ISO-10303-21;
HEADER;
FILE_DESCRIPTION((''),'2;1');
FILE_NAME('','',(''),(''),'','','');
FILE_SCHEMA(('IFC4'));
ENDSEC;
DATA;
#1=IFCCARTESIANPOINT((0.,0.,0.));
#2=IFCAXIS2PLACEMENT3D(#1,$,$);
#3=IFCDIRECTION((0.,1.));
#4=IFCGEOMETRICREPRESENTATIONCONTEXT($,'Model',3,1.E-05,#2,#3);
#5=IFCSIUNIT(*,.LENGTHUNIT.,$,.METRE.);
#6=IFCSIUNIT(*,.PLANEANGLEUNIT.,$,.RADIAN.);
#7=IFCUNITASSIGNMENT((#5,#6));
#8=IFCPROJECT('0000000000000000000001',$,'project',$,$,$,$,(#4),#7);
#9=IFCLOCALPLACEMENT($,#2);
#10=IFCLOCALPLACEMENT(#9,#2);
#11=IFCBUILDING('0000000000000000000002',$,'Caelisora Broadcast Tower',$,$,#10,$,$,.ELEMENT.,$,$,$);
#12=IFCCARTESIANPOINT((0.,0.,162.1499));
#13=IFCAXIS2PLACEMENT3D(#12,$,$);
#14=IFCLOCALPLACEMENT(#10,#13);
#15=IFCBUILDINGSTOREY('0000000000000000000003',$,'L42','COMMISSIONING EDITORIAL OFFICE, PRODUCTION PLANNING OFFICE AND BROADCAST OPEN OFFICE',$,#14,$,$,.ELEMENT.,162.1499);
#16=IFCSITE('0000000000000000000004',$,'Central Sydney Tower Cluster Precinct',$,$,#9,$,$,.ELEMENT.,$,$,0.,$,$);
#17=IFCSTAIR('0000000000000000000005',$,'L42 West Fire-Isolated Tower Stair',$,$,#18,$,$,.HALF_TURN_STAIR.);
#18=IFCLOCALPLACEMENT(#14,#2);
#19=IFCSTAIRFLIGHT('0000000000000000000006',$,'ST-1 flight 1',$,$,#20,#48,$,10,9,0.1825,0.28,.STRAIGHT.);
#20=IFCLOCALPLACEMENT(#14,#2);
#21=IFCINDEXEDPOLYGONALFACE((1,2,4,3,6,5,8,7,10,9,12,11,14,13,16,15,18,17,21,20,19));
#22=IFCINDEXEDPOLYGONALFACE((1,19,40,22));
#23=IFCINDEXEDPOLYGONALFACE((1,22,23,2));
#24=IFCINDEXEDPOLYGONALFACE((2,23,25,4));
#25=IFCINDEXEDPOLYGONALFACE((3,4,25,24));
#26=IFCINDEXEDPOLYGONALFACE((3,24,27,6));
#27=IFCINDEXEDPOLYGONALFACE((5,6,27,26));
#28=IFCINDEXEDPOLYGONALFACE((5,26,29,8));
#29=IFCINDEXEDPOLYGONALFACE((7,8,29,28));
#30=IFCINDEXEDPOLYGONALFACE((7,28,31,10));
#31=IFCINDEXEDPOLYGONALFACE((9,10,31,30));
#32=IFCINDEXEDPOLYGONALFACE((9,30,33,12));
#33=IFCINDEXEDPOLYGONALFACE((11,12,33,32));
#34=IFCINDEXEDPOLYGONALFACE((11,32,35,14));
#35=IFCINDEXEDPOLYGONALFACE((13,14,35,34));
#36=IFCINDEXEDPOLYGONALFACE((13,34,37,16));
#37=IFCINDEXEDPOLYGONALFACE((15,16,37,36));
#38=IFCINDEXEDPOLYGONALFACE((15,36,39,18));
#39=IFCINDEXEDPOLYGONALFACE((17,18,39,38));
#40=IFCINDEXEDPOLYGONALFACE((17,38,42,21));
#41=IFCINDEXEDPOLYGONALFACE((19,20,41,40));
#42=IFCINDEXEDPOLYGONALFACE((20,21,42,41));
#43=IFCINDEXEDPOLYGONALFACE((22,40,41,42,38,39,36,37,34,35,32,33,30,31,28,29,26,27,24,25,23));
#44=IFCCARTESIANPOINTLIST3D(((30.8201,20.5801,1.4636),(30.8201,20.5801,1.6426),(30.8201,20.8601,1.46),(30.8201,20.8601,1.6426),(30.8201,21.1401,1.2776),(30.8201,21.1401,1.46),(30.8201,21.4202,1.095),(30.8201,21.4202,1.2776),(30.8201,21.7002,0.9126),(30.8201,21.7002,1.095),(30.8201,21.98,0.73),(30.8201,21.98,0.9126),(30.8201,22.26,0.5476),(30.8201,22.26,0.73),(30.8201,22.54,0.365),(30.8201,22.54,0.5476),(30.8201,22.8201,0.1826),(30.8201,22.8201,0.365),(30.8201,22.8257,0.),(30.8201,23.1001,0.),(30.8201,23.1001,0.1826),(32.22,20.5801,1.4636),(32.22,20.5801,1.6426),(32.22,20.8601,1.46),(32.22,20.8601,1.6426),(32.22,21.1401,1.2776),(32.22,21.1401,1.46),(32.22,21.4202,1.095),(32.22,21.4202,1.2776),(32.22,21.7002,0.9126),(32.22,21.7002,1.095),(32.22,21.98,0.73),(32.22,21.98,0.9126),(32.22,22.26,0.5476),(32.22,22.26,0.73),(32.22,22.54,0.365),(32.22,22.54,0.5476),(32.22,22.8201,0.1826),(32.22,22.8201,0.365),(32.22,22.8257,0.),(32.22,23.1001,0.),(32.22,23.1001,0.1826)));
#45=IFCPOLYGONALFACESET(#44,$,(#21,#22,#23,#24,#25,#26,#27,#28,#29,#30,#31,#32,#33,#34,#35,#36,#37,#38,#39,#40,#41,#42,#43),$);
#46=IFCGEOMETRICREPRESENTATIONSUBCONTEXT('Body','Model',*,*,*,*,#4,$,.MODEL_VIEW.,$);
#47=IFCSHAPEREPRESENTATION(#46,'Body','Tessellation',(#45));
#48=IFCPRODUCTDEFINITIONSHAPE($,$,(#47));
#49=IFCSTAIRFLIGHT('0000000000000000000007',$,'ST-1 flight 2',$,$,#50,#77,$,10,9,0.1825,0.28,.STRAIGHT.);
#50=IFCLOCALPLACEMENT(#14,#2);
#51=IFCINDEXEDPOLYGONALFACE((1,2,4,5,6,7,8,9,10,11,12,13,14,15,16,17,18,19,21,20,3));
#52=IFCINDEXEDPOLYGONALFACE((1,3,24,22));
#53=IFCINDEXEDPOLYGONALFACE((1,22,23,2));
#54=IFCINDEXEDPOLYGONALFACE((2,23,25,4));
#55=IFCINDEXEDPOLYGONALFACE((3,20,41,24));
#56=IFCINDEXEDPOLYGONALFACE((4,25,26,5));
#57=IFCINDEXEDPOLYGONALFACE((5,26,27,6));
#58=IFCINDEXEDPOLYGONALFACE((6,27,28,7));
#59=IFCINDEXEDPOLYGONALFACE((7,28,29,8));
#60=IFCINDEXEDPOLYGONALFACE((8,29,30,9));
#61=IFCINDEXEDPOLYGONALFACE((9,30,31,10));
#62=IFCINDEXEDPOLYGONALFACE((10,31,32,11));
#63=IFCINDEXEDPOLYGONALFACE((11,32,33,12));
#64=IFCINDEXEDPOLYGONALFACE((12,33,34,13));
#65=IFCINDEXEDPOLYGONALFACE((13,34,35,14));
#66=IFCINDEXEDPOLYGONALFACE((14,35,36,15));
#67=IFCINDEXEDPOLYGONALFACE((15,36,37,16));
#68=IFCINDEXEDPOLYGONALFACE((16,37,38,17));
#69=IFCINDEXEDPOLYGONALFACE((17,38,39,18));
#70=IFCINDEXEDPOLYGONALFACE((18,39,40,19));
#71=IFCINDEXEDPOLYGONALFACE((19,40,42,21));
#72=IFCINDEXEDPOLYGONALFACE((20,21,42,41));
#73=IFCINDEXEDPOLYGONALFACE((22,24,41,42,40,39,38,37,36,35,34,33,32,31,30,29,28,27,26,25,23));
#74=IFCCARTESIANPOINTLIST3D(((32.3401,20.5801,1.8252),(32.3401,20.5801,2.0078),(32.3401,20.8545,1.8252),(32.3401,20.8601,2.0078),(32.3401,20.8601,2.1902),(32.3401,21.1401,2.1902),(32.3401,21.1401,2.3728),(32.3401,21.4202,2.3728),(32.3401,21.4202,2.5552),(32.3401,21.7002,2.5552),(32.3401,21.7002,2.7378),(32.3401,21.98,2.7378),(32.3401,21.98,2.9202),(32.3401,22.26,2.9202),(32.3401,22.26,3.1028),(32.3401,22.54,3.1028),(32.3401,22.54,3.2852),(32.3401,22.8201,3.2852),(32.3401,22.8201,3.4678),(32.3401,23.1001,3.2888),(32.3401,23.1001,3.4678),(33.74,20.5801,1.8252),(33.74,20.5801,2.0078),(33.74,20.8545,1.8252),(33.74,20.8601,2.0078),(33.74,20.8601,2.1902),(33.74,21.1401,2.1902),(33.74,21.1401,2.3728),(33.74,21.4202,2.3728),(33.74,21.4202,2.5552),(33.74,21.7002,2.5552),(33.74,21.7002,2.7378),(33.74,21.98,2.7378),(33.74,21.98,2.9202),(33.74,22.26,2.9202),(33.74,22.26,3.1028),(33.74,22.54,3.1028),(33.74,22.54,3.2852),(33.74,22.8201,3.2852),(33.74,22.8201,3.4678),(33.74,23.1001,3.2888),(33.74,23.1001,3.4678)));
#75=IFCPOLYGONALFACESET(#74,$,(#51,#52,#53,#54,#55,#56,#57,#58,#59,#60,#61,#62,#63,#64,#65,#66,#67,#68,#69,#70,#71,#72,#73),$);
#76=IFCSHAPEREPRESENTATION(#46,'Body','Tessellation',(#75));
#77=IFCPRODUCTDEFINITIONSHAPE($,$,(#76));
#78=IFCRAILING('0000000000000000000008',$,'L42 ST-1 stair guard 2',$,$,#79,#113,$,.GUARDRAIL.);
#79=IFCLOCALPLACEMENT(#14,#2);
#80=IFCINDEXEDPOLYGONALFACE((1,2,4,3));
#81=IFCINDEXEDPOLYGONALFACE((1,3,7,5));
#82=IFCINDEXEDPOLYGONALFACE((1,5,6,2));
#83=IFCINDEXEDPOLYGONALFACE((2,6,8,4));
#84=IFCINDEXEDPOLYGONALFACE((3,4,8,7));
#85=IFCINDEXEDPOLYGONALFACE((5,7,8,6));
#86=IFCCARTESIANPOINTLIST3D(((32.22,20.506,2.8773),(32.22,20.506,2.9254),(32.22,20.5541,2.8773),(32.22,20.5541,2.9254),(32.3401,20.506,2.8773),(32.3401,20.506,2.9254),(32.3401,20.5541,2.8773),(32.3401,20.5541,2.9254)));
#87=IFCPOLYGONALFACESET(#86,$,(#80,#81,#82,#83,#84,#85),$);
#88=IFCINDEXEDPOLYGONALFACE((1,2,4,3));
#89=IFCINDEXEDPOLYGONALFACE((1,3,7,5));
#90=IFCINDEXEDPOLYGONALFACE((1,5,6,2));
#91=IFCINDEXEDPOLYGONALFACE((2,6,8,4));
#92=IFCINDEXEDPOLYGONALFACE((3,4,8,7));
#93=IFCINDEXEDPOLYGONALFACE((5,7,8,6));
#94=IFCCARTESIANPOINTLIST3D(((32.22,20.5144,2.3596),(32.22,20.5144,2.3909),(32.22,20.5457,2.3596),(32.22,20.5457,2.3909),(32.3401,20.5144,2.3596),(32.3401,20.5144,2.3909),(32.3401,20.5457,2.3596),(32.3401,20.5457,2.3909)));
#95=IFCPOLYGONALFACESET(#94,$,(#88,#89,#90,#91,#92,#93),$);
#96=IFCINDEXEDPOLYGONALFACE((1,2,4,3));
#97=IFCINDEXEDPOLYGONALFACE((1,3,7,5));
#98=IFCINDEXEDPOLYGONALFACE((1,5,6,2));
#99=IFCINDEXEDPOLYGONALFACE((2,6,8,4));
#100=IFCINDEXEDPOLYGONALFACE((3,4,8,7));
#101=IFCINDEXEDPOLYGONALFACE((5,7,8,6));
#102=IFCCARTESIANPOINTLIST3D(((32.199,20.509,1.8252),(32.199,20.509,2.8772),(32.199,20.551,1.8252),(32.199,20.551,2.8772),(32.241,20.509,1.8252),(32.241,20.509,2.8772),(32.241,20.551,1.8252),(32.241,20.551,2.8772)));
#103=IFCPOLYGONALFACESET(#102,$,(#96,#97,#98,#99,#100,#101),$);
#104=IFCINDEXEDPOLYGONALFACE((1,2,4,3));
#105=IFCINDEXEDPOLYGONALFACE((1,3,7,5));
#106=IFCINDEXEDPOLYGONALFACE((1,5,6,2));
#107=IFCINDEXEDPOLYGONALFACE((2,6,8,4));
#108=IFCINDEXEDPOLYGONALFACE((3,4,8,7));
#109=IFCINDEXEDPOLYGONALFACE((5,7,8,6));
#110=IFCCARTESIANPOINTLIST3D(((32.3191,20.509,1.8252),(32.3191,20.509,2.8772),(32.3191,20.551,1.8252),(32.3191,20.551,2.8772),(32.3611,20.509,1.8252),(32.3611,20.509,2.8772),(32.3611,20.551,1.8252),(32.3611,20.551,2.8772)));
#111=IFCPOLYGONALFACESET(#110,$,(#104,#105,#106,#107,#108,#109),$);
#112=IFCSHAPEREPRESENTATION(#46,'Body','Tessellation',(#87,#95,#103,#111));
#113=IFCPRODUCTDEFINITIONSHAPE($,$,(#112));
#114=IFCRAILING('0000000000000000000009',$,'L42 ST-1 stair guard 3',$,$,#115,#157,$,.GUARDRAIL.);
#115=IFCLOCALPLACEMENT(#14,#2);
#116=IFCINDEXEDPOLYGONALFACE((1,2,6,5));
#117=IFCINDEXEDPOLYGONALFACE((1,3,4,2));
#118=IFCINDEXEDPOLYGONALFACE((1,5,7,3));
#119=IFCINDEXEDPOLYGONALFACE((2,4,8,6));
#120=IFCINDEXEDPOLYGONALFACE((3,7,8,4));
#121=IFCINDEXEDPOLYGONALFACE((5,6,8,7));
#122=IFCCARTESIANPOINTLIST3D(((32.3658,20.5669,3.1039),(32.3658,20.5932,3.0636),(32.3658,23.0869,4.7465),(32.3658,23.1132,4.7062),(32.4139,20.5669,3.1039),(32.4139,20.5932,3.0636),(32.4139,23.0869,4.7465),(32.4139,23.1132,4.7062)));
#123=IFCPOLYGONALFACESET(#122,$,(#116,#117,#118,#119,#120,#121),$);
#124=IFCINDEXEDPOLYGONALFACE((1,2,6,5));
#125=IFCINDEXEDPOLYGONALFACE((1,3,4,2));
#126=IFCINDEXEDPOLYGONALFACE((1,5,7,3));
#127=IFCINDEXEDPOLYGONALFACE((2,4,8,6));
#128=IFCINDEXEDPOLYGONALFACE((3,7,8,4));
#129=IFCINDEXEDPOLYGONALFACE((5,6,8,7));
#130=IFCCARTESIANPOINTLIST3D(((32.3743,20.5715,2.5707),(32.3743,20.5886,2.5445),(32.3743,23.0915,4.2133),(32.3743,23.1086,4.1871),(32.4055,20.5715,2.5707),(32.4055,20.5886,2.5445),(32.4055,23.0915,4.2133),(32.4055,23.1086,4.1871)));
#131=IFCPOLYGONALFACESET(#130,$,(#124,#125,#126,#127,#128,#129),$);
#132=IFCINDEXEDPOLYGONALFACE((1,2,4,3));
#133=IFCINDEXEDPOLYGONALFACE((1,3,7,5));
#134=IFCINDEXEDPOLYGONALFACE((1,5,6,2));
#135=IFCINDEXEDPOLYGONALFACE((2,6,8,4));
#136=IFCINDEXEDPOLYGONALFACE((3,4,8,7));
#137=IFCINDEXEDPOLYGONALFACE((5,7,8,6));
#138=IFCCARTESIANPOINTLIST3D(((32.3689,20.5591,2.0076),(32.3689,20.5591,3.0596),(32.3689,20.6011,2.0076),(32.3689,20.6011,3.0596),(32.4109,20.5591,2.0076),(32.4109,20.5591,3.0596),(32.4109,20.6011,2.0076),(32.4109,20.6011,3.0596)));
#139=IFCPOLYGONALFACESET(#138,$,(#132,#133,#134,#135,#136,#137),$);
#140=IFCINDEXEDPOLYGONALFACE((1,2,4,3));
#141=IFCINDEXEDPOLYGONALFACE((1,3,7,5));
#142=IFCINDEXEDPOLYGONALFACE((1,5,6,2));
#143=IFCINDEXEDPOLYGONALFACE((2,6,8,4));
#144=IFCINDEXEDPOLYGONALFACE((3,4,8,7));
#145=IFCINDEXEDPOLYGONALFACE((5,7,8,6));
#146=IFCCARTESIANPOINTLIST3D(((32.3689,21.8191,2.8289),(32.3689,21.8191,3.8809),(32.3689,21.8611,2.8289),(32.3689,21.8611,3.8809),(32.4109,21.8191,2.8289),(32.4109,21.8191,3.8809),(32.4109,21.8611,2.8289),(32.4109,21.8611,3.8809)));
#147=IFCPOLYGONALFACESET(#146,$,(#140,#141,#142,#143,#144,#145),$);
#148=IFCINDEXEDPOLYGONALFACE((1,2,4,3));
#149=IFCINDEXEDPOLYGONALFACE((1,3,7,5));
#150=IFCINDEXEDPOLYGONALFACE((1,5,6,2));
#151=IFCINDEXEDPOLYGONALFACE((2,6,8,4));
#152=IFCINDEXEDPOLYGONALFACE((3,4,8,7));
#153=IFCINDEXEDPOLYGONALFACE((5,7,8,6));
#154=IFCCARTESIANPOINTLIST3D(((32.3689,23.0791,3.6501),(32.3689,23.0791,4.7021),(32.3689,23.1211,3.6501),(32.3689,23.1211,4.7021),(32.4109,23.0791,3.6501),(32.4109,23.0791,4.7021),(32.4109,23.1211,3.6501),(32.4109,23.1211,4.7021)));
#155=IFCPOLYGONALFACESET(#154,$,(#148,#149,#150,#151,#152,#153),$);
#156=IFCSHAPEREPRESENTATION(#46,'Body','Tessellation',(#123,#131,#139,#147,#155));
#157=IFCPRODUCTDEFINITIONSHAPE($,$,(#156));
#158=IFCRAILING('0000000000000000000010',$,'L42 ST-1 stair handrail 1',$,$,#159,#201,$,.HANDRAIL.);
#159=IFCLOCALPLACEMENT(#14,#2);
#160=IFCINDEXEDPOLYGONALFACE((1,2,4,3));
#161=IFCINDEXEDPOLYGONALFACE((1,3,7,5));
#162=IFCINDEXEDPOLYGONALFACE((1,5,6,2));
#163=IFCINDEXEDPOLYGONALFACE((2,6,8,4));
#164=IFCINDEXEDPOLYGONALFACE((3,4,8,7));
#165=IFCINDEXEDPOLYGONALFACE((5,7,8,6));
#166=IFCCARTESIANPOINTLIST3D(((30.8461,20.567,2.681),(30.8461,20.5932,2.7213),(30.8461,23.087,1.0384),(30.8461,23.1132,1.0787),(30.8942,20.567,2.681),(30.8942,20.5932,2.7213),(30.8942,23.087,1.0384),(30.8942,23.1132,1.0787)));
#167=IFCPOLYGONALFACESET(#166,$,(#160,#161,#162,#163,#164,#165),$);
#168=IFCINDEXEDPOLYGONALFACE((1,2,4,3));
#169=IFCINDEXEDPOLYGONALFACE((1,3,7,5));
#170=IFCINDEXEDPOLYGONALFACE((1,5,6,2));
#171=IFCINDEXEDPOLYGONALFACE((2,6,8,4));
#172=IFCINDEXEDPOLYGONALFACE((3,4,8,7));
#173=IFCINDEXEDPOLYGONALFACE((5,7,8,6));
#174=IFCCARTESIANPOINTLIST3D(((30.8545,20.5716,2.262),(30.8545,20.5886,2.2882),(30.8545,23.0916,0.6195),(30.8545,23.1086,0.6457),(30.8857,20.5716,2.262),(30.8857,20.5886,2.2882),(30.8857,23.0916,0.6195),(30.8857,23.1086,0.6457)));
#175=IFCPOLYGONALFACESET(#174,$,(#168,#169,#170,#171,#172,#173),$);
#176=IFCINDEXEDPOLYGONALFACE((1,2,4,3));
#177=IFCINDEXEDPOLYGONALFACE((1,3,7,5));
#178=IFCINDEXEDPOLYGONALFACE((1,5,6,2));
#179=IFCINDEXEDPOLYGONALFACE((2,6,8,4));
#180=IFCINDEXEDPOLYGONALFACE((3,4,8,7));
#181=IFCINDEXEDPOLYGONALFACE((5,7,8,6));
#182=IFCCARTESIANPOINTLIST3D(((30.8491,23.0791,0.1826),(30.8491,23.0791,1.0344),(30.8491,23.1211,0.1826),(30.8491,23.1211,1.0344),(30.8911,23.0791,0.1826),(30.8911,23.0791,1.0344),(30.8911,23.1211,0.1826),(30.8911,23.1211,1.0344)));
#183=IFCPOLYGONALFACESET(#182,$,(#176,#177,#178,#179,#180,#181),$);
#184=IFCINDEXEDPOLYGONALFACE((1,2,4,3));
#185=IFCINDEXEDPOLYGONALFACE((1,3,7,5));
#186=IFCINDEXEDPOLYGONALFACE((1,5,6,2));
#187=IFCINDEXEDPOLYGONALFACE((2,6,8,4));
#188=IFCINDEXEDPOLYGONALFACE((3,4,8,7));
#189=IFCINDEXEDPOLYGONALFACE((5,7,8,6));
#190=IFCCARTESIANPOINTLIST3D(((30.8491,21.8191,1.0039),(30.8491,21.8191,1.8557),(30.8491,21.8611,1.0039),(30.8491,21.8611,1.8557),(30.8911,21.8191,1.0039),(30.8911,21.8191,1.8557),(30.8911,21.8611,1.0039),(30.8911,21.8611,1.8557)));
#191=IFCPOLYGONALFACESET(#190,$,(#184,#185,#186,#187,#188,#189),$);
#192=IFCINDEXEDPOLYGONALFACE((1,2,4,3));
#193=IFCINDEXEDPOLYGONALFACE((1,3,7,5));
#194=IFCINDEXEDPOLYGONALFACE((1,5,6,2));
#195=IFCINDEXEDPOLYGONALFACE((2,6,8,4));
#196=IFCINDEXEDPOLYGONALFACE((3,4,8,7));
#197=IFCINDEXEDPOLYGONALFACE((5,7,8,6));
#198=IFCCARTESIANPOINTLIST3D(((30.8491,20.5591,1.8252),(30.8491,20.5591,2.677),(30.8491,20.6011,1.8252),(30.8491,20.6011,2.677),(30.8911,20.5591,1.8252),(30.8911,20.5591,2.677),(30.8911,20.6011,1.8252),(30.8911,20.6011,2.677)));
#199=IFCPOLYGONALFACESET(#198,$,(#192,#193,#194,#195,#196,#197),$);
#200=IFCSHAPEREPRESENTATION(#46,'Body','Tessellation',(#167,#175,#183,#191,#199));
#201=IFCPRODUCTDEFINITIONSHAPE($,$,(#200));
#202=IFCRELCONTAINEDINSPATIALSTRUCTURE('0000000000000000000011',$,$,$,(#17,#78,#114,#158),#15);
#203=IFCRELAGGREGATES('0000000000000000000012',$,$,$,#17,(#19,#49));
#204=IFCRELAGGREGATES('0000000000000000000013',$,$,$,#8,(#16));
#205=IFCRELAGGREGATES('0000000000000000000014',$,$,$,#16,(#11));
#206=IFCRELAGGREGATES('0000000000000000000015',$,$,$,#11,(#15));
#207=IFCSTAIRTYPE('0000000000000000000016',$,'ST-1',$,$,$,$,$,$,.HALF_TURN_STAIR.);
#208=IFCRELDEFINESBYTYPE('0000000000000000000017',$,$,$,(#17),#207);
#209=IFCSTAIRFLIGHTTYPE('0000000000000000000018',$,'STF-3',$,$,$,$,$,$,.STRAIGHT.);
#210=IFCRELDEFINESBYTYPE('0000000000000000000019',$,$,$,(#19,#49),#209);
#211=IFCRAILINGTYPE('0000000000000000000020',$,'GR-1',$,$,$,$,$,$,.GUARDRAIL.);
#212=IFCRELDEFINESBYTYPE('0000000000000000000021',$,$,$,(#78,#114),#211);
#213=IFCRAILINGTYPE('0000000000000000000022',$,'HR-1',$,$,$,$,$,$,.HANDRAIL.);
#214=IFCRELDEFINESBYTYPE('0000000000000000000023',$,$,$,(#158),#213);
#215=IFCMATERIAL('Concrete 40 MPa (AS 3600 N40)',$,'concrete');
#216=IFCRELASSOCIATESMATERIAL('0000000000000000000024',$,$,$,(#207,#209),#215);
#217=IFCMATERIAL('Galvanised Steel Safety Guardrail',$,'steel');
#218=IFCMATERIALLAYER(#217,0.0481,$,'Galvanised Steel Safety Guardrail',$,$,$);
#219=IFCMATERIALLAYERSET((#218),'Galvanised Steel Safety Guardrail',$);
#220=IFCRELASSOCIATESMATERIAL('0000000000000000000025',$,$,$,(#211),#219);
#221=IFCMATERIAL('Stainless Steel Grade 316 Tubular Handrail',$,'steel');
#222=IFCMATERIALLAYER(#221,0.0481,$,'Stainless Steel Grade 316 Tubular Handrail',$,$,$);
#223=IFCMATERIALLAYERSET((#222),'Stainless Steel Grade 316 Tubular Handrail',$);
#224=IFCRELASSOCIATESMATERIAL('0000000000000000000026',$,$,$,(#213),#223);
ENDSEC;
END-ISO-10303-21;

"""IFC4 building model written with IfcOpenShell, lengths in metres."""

from ifc_helpers import new_model, si_unit, direction, frame, origin, origin_2d, place, context, subcontext, project, spatial, polyline, rectangle, outline, extrude, material, layer, layer_set, type_object, element, aggregate, save


model = new_model("IFC4")

# Units and contexts
model_context = context("Model", 3, precision=1e-05, world=origin(), true_north=direction((0.0, 1.0)))
body_context = subcontext(model_context, "Body", "Model", "MODEL_VIEW")
ifc_project = project(units=[si_unit("LENGTHUNIT", "METRE"), si_unit("PLANEANGLEUNIT", "RADIAN")], contexts=[model_context])

# Site, building, storey
site_placement = place(None, origin())
site = spatial("IfcSite", under=ifc_project, at=site_placement, Name="Central Sydney Tower Cluster Precinct", CompositionType="ELEMENT", RefElevation=0.0)
building_placement = place(site_placement, origin())
building = spatial("IfcBuilding", under=site, at=building_placement, Name="Caelisora Broadcast Tower", CompositionType="ELEMENT")
storey_placement = place(building_placement, frame((0.0, 0.0, 162.1499)))
storey = spatial("IfcBuildingStorey", under=building, at=storey_placement, Name="L42", Description="COMMISSIONING EDITORIAL OFFICE, PRODUCTION PLANNING OFFICE AND BROADCAST OPEN OFFICE", CompositionType="ELEMENT", Elevation=162.1499)

# Stair, stair flights
ifc_material_1 = material(Name="Concrete 40 MPa (AS 3600 N40)", Category="concrete")
stair_type = type_object("IfcStairType", Name="ST-1", PredefinedType="HALF_TURN_STAIR", material=ifc_material_1)
stair_placement = place(storey_placement, origin())
stair = element("IfcStair", 1, at=stair_placement, inside=storey, type_object=stair_type, Name="L42 West Fire-Isolated Tower Stair", PredefinedType="HALF_TURN_STAIR")
stair_flight_type = type_object("IfcStairFlightType", Name="STF-3", PredefinedType="STRAIGHT", material=ifc_material_1)
stair_flight_1_placement = place(storey_placement, frame((31.52, 23.1001, 0.0), z_axis=(0.0, 0.0, 1.0), x_axis=(0.0, -1.0, 0.0)))
stair_flight_1 = element("IfcStairFlight", 2, at=stair_flight_1_placement, type_object=stair_flight_type, Name="ST-1 flight 1", NumberOfRisers=10, NumberOfTreads=9, PredefinedType="STRAIGHT", RiserHeight=0.1825, TreadLength=0.28, context=body_context, shape_type="SweptSolid", body=[
    extrude(outline(polyline([(0.0, 0.0), (0.0, 0.1826), (0.28, 0.1826), (0.28, 0.365), (0.5601, 0.365), (0.5601, 0.5476), (0.8401, 0.5476), (0.8401, 0.73), (1.1201, 0.73), (1.1201, 0.9126), (1.3999, 0.9126), (1.3999, 1.095), (1.6799, 1.095), (1.6799, 1.2776), (1.96, 1.2776), (1.96, 1.46), (2.24, 1.46), (2.24, 1.6426), (2.52, 1.6426), (2.52, 1.825), (2.52, 1.4636), (0.2744, 0.0), (0.0, 0.0)])), frame((0.0, 0.7, 0.0), z_axis=(0.0, -1.0, 0.0), x_axis=(1.0, 0.0, 0.0)), (0.0, 0.0, 1.0), 1.3999),
])
stair_flight_2_placement = place(storey_placement, frame((33.04, 20.5801, 1.8252), z_axis=(0.0, 0.0, 1.0), x_axis=(0.0, 1.0, 0.0)))
stair_flight_2 = element("IfcStairFlight", 3, at=stair_flight_2_placement, type_object=stair_flight_type, Name="ST-1 flight 2", NumberOfRisers=10, NumberOfTreads=9, PredefinedType="STRAIGHT", RiserHeight=0.1825, TreadLength=0.28, context=body_context, shape_type="SweptSolid", body=[
    extrude(outline(polyline([(0.0, 0.0), (0.0, 0.1826), (0.28, 0.1826), (0.28, 0.365), (0.5601, 0.365), (0.5601, 0.5476), (0.8401, 0.5476), (0.8401, 0.73), (1.1201, 0.73), (1.1201, 0.9126), (1.3999, 0.9126), (1.3999, 1.095), (1.6799, 1.095), (1.6799, 1.2776), (1.96, 1.2776), (1.96, 1.46), (2.24, 1.46), (2.24, 1.6426), (2.52, 1.6426), (2.52, 1.825), (2.52, 1.4636), (0.2744, 0.0), (0.0, 0.0)])), frame((0.0, 0.7, 0.0), z_axis=(0.0, -1.0, 0.0), x_axis=(1.0, 0.0, 0.0)), (0.0, 0.0, 1.0), 1.3999),
])
aggregate(stair, [stair_flight_1, stair_flight_2])

# Railings
ifc_material_2 = material(Name="Galvanised Steel Safety Guardrail", Category="steel")
ifc_layer_1 = layer(ifc_material_2, 0.0481, Name="Galvanised Steel Safety Guardrail")
ifc_layer_set_1 = layer_set([ifc_layer_1], Name="Galvanised Steel Safety Guardrail")
railing_type_1 = type_object("IfcRailingType", Name="GR-1", PredefinedType="GUARDRAIL", material=ifc_layer_set_1)
railing_1_placement = place(storey_placement, frame((32.22, 20.53, 1.8252)))
element("IfcRailing", 4, at=railing_1_placement, inside=storey, type_object=railing_type_1, Name="L42 ST-1 stair guard 2", PredefinedType="GUARDRAIL", context=body_context, shape_type="SweptSolid", body=[
    extrude(rectangle(XDim=0.0481, YDim=0.0481, at=origin_2d()), frame((0.0, 0.0, 1.0762), z_axis=(1.0, 0.0, 0.0), x_axis=(0.0, 1.0, 0.0)), (0.0, 0.0, 1.0), 0.1201),
    extrude(rectangle(XDim=0.0312, YDim=0.0312, at=origin_2d()), frame((0.0, 0.0, 0.55), z_axis=(1.0, 0.0, 0.0), x_axis=(0.0, 1.0, 0.0)), (0.0, 0.0, 1.0), 0.1201),
    extrude(rectangle(XDim=0.042, YDim=0.042, at=origin_2d()), origin(), (0.0, 0.0, 1.0), 1.052),
    extrude(rectangle(XDim=0.042, YDim=0.042, at=origin_2d()), frame((0.1201, 0.0, 0.0)), (0.0, 0.0, 1.0), 1.052),
])
railing_2_placement = place(storey_placement, frame((32.3899, 20.5801, 2.0076)))
element("IfcRailing", 5, at=railing_2_placement, inside=storey, type_object=railing_type_1, Name="L42 ST-1 stair guard 3", PredefinedType="GUARDRAIL", context=body_context, shape_type="SweptSolid", body=[
    extrude(rectangle(XDim=0.0481, YDim=0.0481, at=origin_2d()), frame((0.0, 0.0, 1.0762), z_axis=(0.0, 0.837749, 0.546055), x_axis=(-1.0, 0.0, 0.0)), (0.0, 0.0, 1.0), 3.0081),
    extrude(rectangle(XDim=0.0312, YDim=0.0312, at=origin_2d()), frame((0.0, 0.0, 0.55), z_axis=(0.0, 0.837749, 0.546055), x_axis=(-1.0, 0.0, 0.0)), (0.0, 0.0, 1.0), 3.0081),
    extrude(rectangle(XDim=0.042, YDim=0.042, at=origin_2d()), origin(), (0.0, 0.0, 1.0), 1.052),
    extrude(rectangle(XDim=0.042, YDim=0.042, at=origin_2d()), frame((0.0, 1.26, 0.8213)), (0.0, 0.0, 1.0), 1.052),
    extrude(rectangle(XDim=0.042, YDim=0.042, at=origin_2d()), frame((0.0, 2.52, 1.6426)), (0.0, 0.0, 1.0), 1.052),
])
ifc_material_3 = material(Name="Stainless Steel Grade 316 Tubular Handrail", Category="steel")
ifc_layer_2 = layer(ifc_material_3, 0.0481, Name="Stainless Steel Grade 316 Tubular Handrail")
ifc_layer_set_2 = layer_set([ifc_layer_2], Name="Stainless Steel Grade 316 Tubular Handrail")
railing_type_2 = type_object("IfcRailingType", Name="HR-1", PredefinedType="HANDRAIL", material=ifc_layer_set_2)
railing_3_placement = place(storey_placement, frame((30.8701, 23.1001, 0.1826)))
element("IfcRailing", 6, at=railing_3_placement, inside=storey, type_object=railing_type_2, Name="L42 ST-1 stair handrail 1", PredefinedType="HANDRAIL", context=body_context, shape_type="SweptSolid", body=[
    extrude(rectangle(XDim=0.0481, YDim=0.0481, at=origin_2d()), frame((0.0, 0.0, 0.876), z_axis=(0.0, -0.837749, 0.546055), x_axis=(1.0, 0.0, 0.0)), (0.0, 0.0, 1.0), 3.0081),
    extrude(rectangle(XDim=0.0312, YDim=0.0312, at=origin_2d()), frame((0.0, 0.0, 0.45), z_axis=(0.0, -0.837749, 0.546055), x_axis=(1.0, 0.0, 0.0)), (0.0, 0.0, 1.0), 3.0081),
    extrude(rectangle(XDim=0.042, YDim=0.042, at=origin_2d()), origin(), (0.0, 0.0, 1.0), 0.8518),
    extrude(rectangle(XDim=0.042, YDim=0.042, at=origin_2d()), frame((0.0, -1.26, 0.8213)), (0.0, 0.0, 1.0), 0.8518),
    extrude(rectangle(XDim=0.042, YDim=0.042, at=origin_2d()), frame((0.0, -2.52, 1.6426)), (0.0, 0.0, 1.0), 0.8518),
])

save(model, "model.ifc")
